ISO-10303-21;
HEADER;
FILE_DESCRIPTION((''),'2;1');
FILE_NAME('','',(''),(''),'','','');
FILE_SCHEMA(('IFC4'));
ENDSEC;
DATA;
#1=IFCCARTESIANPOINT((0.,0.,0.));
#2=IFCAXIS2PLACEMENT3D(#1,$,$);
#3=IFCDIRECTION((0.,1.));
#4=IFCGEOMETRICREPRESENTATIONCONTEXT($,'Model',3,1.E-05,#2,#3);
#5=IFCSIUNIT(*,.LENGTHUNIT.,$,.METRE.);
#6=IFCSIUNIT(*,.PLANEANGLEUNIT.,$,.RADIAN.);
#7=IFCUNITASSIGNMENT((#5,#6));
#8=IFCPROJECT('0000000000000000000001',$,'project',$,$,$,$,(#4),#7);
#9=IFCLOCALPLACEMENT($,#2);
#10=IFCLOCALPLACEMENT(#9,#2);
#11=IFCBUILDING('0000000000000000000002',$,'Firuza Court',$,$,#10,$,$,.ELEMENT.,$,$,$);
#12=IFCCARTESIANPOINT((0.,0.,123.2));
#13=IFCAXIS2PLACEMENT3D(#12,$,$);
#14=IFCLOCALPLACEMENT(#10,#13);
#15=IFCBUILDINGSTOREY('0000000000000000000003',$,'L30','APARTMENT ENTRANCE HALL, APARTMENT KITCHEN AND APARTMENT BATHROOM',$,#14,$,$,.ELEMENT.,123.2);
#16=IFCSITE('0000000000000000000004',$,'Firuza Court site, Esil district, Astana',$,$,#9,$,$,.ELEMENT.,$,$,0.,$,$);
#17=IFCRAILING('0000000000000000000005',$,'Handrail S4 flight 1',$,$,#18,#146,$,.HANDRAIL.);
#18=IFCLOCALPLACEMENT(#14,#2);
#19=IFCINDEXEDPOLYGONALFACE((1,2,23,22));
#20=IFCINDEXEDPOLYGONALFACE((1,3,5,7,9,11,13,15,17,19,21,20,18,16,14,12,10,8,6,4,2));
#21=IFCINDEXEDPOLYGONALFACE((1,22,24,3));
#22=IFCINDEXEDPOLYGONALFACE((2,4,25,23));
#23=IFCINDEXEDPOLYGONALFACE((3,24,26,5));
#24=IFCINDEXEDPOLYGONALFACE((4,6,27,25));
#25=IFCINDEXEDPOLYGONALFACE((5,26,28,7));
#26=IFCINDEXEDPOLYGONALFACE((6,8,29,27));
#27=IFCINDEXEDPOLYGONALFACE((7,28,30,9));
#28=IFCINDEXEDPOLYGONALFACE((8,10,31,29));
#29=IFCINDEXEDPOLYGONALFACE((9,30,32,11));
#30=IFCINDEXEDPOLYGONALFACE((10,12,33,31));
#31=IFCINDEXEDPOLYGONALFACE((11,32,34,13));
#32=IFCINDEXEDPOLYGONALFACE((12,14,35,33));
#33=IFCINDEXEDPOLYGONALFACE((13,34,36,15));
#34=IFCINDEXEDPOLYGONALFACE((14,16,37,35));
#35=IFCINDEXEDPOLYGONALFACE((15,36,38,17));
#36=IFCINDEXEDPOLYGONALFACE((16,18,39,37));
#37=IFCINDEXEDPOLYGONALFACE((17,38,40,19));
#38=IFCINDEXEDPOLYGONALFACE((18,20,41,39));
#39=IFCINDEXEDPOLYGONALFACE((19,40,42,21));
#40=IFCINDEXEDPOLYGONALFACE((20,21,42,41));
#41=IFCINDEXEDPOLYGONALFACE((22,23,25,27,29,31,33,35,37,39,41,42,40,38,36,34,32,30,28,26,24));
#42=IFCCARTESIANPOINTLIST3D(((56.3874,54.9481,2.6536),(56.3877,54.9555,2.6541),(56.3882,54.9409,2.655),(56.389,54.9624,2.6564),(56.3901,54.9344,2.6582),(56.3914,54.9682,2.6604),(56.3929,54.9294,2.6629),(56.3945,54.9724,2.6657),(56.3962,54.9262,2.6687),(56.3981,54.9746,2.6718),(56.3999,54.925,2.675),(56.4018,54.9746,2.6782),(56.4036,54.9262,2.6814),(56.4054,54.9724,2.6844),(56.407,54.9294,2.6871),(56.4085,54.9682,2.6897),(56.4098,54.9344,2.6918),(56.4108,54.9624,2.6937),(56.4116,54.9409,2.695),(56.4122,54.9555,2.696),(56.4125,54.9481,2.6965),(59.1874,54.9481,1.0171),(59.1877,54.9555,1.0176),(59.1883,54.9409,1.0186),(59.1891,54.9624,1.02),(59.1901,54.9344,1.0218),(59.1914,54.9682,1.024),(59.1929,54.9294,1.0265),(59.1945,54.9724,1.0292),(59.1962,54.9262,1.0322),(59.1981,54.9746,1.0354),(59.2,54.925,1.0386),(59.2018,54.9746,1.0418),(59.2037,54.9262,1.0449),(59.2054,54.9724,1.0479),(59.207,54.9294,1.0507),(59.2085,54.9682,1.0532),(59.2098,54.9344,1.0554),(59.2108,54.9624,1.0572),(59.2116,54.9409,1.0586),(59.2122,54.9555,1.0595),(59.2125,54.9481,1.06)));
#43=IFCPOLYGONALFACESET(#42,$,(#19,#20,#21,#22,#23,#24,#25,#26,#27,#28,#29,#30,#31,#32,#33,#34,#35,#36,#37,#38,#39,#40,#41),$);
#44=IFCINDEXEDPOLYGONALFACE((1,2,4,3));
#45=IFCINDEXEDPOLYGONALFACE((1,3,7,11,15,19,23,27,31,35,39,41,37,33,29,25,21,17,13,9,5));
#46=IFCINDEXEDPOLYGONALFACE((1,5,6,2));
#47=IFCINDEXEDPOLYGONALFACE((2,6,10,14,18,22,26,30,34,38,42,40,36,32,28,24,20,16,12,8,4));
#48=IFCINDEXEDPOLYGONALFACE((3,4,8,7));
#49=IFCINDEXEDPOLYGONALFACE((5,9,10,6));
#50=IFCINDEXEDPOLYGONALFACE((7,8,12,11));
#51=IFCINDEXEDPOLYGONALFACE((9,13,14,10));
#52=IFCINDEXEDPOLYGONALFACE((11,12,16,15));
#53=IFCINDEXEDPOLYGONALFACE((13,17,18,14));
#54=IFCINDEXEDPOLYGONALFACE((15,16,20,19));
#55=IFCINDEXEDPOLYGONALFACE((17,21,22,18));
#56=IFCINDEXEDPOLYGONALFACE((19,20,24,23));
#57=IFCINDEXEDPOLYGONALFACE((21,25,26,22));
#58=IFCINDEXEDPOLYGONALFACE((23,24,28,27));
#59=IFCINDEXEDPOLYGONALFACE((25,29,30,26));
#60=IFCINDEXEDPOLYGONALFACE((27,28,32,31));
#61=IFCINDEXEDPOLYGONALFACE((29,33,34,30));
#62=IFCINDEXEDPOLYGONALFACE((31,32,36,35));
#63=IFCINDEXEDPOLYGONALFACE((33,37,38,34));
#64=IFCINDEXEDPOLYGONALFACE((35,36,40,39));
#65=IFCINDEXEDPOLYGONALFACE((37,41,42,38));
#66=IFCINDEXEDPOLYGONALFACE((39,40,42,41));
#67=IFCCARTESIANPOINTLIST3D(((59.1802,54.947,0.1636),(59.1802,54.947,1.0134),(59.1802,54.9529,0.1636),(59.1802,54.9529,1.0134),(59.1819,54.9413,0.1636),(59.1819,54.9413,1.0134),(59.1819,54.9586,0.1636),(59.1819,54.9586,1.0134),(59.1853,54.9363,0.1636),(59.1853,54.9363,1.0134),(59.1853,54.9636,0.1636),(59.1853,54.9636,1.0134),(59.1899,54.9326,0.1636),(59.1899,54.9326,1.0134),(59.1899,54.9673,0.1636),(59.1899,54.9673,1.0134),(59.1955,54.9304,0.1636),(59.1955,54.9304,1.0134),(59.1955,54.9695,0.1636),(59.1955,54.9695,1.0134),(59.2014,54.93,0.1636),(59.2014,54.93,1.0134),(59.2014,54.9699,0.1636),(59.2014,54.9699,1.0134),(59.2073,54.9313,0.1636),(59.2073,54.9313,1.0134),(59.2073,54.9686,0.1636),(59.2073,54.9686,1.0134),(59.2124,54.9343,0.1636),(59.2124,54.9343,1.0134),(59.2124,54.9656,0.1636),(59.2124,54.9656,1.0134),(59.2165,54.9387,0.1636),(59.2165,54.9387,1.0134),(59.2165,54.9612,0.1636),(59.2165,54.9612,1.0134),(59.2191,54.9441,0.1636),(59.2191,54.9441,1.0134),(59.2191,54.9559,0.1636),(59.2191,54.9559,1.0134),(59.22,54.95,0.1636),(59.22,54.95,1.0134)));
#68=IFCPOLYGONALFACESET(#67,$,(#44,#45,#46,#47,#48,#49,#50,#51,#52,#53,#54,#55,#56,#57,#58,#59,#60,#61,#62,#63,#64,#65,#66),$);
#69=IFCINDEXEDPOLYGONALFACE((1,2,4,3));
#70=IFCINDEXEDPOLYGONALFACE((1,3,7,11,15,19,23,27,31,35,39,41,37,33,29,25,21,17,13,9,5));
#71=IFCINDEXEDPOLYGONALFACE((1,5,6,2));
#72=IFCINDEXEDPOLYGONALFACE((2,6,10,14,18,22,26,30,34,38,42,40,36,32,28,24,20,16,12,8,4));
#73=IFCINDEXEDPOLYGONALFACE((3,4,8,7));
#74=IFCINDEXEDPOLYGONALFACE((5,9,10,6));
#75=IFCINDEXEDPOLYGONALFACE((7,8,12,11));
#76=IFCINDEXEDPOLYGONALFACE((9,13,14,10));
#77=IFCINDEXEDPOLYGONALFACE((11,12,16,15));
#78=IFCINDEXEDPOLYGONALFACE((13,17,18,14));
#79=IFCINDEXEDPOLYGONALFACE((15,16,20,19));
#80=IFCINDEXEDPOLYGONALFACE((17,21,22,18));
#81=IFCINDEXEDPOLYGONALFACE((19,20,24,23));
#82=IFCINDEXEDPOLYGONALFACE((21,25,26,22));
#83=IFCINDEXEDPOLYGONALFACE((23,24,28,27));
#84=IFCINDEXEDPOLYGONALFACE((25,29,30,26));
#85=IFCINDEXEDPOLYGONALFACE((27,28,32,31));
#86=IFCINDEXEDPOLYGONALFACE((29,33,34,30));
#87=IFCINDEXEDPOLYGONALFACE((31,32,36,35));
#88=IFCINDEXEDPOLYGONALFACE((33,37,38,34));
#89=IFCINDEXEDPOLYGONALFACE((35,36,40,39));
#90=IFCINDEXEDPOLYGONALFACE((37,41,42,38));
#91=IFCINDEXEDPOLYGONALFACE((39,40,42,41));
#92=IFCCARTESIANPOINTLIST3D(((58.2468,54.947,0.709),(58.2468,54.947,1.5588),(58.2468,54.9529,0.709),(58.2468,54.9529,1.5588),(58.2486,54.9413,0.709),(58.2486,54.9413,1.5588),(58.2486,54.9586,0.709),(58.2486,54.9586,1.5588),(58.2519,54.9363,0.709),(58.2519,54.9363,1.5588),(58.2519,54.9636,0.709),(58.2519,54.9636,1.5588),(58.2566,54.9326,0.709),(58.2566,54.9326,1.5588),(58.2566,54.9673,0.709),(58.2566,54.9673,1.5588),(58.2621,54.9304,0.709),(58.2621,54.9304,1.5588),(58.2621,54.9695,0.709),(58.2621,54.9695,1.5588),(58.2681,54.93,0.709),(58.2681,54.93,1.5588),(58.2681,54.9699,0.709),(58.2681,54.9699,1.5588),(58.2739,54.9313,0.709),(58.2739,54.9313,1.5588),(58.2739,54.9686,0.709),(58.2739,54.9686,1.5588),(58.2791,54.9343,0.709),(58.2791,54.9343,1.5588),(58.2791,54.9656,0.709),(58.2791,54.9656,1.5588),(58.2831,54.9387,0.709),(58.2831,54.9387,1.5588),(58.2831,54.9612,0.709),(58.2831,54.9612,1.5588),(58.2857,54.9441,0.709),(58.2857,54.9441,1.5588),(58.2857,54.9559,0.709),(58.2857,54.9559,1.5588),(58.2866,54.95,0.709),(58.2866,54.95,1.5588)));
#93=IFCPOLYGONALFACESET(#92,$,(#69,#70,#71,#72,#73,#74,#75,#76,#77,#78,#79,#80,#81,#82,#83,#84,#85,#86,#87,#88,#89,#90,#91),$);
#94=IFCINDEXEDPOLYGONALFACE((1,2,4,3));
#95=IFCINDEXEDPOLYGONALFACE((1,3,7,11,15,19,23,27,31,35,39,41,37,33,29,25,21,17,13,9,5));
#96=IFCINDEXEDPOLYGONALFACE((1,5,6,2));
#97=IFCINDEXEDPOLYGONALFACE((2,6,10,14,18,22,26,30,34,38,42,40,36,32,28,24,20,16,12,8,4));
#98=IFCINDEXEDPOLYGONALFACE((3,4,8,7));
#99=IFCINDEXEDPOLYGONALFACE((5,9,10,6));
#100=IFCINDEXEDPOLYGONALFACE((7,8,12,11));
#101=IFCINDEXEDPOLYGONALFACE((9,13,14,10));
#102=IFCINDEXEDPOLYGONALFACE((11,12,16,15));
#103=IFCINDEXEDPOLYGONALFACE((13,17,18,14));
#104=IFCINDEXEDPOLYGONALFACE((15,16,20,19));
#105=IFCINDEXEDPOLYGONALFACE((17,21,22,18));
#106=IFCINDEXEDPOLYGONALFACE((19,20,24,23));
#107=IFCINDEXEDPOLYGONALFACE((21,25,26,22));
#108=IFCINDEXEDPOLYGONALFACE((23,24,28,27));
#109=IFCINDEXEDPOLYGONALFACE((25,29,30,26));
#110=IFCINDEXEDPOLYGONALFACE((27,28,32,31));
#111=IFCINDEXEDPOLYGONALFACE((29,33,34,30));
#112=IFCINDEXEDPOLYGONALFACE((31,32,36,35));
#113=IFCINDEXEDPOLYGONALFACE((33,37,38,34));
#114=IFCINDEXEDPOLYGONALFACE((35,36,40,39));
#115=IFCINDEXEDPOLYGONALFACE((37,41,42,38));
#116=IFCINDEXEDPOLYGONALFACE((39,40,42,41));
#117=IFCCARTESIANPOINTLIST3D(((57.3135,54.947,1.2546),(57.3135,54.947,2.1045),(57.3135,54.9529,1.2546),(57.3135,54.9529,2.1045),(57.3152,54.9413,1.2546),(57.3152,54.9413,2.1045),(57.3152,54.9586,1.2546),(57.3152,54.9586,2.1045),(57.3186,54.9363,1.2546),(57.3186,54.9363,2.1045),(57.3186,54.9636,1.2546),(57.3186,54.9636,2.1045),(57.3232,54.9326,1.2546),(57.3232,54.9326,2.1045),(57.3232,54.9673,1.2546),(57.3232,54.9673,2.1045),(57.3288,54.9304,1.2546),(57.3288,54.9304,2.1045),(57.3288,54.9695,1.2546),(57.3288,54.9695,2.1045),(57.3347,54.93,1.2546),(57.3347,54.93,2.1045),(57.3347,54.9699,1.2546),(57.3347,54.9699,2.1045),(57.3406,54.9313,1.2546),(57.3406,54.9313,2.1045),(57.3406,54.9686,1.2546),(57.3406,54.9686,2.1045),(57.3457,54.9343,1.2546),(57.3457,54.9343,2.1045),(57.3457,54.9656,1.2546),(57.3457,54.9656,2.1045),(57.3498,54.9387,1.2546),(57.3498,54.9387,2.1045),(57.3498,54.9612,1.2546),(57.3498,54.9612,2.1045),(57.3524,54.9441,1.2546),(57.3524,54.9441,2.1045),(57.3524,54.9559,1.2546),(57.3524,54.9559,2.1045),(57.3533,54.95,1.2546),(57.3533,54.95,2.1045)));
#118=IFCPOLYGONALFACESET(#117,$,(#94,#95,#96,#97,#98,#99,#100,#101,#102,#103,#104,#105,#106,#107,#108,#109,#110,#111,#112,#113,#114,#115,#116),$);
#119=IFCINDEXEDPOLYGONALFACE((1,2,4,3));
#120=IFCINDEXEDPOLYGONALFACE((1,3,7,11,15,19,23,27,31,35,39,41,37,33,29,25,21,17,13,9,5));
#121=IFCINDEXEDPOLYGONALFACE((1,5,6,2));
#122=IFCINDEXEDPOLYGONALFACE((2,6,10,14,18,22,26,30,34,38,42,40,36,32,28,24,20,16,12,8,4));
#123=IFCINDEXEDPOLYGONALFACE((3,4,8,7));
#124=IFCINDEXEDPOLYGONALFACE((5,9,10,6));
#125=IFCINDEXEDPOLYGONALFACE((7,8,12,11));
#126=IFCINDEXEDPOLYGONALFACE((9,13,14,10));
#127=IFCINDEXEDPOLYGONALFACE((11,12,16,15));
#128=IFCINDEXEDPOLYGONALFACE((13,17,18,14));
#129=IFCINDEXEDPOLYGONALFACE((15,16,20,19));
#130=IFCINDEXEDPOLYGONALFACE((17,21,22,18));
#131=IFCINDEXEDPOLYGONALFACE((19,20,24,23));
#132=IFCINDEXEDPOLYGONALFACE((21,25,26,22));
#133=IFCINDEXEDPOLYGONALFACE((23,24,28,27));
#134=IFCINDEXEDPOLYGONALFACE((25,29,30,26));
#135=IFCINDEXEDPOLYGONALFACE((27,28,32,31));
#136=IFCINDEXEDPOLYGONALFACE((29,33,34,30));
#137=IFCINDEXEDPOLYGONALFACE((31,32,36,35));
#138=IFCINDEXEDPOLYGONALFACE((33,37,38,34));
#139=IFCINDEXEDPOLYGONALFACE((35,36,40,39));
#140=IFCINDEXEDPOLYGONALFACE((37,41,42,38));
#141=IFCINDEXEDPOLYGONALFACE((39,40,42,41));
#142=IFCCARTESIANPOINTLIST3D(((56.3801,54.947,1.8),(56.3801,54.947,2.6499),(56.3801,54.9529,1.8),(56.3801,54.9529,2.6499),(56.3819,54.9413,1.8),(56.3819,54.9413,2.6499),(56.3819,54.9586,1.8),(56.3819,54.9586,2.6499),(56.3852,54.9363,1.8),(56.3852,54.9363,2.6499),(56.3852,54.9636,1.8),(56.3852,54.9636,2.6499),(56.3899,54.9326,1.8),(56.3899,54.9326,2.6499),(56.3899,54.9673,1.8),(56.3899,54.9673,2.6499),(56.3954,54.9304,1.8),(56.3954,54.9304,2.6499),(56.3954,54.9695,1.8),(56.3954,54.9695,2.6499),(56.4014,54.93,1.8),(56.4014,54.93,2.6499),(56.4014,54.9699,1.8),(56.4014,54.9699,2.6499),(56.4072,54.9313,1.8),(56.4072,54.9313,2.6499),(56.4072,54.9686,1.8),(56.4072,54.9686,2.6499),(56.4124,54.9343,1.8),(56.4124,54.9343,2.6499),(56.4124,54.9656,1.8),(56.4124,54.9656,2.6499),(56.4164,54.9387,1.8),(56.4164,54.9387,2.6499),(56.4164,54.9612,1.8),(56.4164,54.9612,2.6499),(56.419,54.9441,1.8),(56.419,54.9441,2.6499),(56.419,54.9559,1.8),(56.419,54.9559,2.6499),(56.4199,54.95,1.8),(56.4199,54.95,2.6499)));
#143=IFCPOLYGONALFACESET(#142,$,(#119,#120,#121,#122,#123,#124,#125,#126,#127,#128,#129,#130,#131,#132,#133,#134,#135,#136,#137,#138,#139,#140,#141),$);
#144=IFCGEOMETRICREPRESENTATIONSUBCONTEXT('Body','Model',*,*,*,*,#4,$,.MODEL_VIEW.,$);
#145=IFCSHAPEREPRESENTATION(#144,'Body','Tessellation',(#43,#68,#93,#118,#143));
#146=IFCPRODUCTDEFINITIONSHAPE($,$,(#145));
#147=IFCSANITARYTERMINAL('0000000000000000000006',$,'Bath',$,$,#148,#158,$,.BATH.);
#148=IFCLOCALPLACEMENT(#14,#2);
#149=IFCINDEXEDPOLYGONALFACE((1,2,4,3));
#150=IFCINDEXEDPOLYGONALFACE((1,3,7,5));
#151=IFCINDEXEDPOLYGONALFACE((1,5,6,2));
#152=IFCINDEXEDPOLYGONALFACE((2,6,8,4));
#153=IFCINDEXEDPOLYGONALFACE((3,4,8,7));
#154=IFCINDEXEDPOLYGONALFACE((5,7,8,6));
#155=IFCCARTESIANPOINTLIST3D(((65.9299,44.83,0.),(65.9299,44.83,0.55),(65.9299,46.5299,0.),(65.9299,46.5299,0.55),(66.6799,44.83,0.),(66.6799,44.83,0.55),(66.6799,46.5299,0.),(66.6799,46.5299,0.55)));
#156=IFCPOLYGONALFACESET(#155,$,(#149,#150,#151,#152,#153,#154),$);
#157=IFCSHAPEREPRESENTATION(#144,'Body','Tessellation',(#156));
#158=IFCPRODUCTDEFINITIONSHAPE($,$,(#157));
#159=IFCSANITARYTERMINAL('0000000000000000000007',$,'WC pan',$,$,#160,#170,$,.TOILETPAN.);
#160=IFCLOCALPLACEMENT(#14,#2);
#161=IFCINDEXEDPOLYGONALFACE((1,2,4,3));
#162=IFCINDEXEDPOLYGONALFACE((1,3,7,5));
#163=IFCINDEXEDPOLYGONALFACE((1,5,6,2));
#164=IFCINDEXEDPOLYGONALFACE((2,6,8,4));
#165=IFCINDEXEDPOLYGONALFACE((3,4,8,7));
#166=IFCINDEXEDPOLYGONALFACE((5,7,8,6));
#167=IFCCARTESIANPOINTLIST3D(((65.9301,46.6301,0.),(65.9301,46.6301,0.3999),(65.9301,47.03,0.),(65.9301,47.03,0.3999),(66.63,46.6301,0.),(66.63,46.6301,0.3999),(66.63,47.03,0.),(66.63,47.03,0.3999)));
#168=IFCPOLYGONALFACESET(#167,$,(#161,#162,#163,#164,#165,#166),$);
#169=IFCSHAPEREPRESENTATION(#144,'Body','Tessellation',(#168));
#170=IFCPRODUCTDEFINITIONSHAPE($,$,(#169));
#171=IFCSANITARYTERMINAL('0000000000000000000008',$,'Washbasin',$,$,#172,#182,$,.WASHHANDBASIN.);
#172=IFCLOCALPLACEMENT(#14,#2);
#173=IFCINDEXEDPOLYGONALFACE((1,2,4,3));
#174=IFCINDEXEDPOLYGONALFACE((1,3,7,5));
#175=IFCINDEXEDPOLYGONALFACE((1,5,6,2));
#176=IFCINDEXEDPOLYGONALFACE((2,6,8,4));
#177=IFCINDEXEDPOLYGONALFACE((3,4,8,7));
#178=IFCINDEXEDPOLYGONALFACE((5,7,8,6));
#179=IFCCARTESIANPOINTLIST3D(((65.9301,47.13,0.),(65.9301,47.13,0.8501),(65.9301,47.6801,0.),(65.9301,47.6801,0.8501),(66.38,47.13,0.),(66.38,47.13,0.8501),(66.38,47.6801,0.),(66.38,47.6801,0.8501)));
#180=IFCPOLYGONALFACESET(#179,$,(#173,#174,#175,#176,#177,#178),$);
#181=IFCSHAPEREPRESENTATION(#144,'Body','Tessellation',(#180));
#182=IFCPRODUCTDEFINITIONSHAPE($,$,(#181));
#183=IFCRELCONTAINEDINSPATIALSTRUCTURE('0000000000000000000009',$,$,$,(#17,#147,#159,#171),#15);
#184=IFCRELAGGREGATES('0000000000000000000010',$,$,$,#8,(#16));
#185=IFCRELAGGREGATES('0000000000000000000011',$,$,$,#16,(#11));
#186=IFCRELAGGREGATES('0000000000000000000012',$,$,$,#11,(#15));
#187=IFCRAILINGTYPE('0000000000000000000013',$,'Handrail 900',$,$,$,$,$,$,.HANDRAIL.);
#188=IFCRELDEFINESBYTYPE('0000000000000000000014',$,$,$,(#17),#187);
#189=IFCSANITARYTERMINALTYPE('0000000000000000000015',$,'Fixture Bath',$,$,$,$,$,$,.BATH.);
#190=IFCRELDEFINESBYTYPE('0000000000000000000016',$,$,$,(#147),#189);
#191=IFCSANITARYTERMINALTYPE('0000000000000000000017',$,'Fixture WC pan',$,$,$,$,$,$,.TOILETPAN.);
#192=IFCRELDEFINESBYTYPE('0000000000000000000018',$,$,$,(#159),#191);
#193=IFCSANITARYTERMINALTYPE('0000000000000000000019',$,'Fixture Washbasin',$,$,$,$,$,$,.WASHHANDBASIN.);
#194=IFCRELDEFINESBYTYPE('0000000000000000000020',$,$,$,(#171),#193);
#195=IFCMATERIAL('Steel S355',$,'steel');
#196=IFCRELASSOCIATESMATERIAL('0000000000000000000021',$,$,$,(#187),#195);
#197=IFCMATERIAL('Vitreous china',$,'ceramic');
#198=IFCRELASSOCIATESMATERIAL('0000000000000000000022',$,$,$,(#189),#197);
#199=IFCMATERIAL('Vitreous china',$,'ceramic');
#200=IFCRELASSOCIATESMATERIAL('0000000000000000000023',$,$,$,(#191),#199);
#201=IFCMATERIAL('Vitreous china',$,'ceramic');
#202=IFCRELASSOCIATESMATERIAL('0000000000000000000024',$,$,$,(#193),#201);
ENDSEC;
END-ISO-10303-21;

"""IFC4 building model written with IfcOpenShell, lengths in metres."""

from ifc_helpers import new_model, si_unit, direction, frame, origin, origin_2d, place, context, subcontext, project, spatial, rectangle, circle, extrude, material, type_object, element, save


model = new_model("IFC4")

# Units and contexts
model_context = context("Model", 3, precision=1e-05, world=origin(), true_north=direction((0.0, 1.0)))
body_context = subcontext(model_context, "Body", "Model", "MODEL_VIEW")
ifc_project = project(units=[si_unit("LENGTHUNIT", "METRE"), si_unit("PLANEANGLEUNIT", "RADIAN")], contexts=[model_context])

# Site, building, storey
site_placement = place(None, origin())
site = spatial("IfcSite", under=ifc_project, at=site_placement, Name="Firuza Court site, Esil district, Astana", CompositionType="ELEMENT", RefElevation=0.0)
building_placement = place(site_placement, origin())
building = spatial("IfcBuilding", under=site, at=building_placement, Name="Firuza Court", CompositionType="ELEMENT")
storey_placement = place(building_placement, frame((0.0, 0.0, 123.2)))
storey = spatial("IfcBuildingStorey", under=building, at=storey_placement, Name="L30", Description="APARTMENT ENTRANCE HALL, APARTMENT KITCHEN AND APARTMENT BATHROOM", CompositionType="ELEMENT", Elevation=123.2)

# Railing
ifc_material_1 = material(Name="Steel S355", Category="steel")
railing_type_1 = type_object("IfcRailingType", Name="Handrail 900", PredefinedType="HANDRAIL", material=ifc_material_1)
railing_1_placement = place(storey_placement, frame((59.2, 54.95, 0.1636)))
element("IfcRailing", 1, at=railing_1_placement, inside=storey, type_object=railing_type_1, Name="Handrail S4 flight 1", PredefinedType="HANDRAIL", context=body_context, shape_type="SweptSolid", body=[
    extrude(circle(Radius=0.0249, at=origin_2d()), frame((0.0, 0.0, 0.875), z_axis=(-0.863361, 0.0, 0.504587), x_axis=(0.0, -1.0, 0.0)), (0.0, 0.0, 1.0), 3.2432),
    extrude(circle(Radius=0.02, at=origin_2d()), origin(), (0.0, 0.0, 1.0), 0.8499),
    extrude(circle(Radius=0.02, at=origin_2d()), frame((-0.9333, 0.0, 0.5454)), (0.0, 0.0, 1.0), 0.8499),
    extrude(circle(Radius=0.02, at=origin_2d()), frame((-1.8667, 0.0, 1.0911)), (0.0, 0.0, 1.0), 0.8499),
    extrude(circle(Radius=0.02, at=origin_2d()), frame((-2.8, 0.0, 1.6365)), (0.0, 0.0, 1.0), 0.8499),
])

# Sanitary terminals
ifc_material_2 = material(Name="Vitreous china", Category="ceramic")
sanitary_terminal_type_1 = type_object("IfcSanitaryTerminalType", Name="Fixture Bath", PredefinedType="BATH", material=ifc_material_2)
sanitary_terminal_1_placement = place(storey_placement, frame((66.3049, 45.6799, 0.0), z_axis=(0.0, 0.0, 1.0), x_axis=(1.0, 0.0, 0.0)))
element("IfcSanitaryTerminal", 2, at=sanitary_terminal_1_placement, inside=storey, type_object=sanitary_terminal_type_1, Name="Bath", PredefinedType="BATH", context=body_context, shape_type="SweptSolid", body=[
    extrude(rectangle(XDim=0.75, YDim=1.7, at=origin_2d()), origin(), (0.0, 0.0, 1.0), 0.55),
])
ifc_material_3 = material(Name="Vitreous china", Category="ceramic")
sanitary_terminal_type_2 = type_object("IfcSanitaryTerminalType", Name="Fixture WC pan", PredefinedType="TOILETPAN", material=ifc_material_3)
sanitary_terminal_2_placement = place(storey_placement, frame((66.28, 46.8301, 0.0), z_axis=(0.0, 0.0, 1.0), x_axis=(1.0, 0.0, 0.0)))
element("IfcSanitaryTerminal", 3, at=sanitary_terminal_2_placement, inside=storey, type_object=sanitary_terminal_type_2, Name="WC pan", PredefinedType="TOILETPAN", context=body_context, shape_type="SweptSolid", body=[
    extrude(rectangle(XDim=0.7, YDim=0.3999, at=origin_2d()), origin(), (0.0, 0.0, 1.0), 0.3999),
])
ifc_material_4 = material(Name="Vitreous china", Category="ceramic")
sanitary_terminal_type_3 = type_object("IfcSanitaryTerminalType", Name="Fixture Washbasin", PredefinedType="WASHHANDBASIN", material=ifc_material_4)
sanitary_terminal_3_placement = place(storey_placement, frame((66.155, 47.405, 0.0), z_axis=(0.0, 0.0, 1.0), x_axis=(1.0, 0.0, 0.0)))
element("IfcSanitaryTerminal", 4, at=sanitary_terminal_3_placement, inside=storey, type_object=sanitary_terminal_type_3, Name="Washbasin", PredefinedType="WASHHANDBASIN", context=body_context, shape_type="SweptSolid", body=[
    extrude(rectangle(XDim=0.45, YDim=0.55, at=origin_2d()), origin(), (0.0, 0.0, 1.0), 0.8501),
])

save(model, "model.ifc")
